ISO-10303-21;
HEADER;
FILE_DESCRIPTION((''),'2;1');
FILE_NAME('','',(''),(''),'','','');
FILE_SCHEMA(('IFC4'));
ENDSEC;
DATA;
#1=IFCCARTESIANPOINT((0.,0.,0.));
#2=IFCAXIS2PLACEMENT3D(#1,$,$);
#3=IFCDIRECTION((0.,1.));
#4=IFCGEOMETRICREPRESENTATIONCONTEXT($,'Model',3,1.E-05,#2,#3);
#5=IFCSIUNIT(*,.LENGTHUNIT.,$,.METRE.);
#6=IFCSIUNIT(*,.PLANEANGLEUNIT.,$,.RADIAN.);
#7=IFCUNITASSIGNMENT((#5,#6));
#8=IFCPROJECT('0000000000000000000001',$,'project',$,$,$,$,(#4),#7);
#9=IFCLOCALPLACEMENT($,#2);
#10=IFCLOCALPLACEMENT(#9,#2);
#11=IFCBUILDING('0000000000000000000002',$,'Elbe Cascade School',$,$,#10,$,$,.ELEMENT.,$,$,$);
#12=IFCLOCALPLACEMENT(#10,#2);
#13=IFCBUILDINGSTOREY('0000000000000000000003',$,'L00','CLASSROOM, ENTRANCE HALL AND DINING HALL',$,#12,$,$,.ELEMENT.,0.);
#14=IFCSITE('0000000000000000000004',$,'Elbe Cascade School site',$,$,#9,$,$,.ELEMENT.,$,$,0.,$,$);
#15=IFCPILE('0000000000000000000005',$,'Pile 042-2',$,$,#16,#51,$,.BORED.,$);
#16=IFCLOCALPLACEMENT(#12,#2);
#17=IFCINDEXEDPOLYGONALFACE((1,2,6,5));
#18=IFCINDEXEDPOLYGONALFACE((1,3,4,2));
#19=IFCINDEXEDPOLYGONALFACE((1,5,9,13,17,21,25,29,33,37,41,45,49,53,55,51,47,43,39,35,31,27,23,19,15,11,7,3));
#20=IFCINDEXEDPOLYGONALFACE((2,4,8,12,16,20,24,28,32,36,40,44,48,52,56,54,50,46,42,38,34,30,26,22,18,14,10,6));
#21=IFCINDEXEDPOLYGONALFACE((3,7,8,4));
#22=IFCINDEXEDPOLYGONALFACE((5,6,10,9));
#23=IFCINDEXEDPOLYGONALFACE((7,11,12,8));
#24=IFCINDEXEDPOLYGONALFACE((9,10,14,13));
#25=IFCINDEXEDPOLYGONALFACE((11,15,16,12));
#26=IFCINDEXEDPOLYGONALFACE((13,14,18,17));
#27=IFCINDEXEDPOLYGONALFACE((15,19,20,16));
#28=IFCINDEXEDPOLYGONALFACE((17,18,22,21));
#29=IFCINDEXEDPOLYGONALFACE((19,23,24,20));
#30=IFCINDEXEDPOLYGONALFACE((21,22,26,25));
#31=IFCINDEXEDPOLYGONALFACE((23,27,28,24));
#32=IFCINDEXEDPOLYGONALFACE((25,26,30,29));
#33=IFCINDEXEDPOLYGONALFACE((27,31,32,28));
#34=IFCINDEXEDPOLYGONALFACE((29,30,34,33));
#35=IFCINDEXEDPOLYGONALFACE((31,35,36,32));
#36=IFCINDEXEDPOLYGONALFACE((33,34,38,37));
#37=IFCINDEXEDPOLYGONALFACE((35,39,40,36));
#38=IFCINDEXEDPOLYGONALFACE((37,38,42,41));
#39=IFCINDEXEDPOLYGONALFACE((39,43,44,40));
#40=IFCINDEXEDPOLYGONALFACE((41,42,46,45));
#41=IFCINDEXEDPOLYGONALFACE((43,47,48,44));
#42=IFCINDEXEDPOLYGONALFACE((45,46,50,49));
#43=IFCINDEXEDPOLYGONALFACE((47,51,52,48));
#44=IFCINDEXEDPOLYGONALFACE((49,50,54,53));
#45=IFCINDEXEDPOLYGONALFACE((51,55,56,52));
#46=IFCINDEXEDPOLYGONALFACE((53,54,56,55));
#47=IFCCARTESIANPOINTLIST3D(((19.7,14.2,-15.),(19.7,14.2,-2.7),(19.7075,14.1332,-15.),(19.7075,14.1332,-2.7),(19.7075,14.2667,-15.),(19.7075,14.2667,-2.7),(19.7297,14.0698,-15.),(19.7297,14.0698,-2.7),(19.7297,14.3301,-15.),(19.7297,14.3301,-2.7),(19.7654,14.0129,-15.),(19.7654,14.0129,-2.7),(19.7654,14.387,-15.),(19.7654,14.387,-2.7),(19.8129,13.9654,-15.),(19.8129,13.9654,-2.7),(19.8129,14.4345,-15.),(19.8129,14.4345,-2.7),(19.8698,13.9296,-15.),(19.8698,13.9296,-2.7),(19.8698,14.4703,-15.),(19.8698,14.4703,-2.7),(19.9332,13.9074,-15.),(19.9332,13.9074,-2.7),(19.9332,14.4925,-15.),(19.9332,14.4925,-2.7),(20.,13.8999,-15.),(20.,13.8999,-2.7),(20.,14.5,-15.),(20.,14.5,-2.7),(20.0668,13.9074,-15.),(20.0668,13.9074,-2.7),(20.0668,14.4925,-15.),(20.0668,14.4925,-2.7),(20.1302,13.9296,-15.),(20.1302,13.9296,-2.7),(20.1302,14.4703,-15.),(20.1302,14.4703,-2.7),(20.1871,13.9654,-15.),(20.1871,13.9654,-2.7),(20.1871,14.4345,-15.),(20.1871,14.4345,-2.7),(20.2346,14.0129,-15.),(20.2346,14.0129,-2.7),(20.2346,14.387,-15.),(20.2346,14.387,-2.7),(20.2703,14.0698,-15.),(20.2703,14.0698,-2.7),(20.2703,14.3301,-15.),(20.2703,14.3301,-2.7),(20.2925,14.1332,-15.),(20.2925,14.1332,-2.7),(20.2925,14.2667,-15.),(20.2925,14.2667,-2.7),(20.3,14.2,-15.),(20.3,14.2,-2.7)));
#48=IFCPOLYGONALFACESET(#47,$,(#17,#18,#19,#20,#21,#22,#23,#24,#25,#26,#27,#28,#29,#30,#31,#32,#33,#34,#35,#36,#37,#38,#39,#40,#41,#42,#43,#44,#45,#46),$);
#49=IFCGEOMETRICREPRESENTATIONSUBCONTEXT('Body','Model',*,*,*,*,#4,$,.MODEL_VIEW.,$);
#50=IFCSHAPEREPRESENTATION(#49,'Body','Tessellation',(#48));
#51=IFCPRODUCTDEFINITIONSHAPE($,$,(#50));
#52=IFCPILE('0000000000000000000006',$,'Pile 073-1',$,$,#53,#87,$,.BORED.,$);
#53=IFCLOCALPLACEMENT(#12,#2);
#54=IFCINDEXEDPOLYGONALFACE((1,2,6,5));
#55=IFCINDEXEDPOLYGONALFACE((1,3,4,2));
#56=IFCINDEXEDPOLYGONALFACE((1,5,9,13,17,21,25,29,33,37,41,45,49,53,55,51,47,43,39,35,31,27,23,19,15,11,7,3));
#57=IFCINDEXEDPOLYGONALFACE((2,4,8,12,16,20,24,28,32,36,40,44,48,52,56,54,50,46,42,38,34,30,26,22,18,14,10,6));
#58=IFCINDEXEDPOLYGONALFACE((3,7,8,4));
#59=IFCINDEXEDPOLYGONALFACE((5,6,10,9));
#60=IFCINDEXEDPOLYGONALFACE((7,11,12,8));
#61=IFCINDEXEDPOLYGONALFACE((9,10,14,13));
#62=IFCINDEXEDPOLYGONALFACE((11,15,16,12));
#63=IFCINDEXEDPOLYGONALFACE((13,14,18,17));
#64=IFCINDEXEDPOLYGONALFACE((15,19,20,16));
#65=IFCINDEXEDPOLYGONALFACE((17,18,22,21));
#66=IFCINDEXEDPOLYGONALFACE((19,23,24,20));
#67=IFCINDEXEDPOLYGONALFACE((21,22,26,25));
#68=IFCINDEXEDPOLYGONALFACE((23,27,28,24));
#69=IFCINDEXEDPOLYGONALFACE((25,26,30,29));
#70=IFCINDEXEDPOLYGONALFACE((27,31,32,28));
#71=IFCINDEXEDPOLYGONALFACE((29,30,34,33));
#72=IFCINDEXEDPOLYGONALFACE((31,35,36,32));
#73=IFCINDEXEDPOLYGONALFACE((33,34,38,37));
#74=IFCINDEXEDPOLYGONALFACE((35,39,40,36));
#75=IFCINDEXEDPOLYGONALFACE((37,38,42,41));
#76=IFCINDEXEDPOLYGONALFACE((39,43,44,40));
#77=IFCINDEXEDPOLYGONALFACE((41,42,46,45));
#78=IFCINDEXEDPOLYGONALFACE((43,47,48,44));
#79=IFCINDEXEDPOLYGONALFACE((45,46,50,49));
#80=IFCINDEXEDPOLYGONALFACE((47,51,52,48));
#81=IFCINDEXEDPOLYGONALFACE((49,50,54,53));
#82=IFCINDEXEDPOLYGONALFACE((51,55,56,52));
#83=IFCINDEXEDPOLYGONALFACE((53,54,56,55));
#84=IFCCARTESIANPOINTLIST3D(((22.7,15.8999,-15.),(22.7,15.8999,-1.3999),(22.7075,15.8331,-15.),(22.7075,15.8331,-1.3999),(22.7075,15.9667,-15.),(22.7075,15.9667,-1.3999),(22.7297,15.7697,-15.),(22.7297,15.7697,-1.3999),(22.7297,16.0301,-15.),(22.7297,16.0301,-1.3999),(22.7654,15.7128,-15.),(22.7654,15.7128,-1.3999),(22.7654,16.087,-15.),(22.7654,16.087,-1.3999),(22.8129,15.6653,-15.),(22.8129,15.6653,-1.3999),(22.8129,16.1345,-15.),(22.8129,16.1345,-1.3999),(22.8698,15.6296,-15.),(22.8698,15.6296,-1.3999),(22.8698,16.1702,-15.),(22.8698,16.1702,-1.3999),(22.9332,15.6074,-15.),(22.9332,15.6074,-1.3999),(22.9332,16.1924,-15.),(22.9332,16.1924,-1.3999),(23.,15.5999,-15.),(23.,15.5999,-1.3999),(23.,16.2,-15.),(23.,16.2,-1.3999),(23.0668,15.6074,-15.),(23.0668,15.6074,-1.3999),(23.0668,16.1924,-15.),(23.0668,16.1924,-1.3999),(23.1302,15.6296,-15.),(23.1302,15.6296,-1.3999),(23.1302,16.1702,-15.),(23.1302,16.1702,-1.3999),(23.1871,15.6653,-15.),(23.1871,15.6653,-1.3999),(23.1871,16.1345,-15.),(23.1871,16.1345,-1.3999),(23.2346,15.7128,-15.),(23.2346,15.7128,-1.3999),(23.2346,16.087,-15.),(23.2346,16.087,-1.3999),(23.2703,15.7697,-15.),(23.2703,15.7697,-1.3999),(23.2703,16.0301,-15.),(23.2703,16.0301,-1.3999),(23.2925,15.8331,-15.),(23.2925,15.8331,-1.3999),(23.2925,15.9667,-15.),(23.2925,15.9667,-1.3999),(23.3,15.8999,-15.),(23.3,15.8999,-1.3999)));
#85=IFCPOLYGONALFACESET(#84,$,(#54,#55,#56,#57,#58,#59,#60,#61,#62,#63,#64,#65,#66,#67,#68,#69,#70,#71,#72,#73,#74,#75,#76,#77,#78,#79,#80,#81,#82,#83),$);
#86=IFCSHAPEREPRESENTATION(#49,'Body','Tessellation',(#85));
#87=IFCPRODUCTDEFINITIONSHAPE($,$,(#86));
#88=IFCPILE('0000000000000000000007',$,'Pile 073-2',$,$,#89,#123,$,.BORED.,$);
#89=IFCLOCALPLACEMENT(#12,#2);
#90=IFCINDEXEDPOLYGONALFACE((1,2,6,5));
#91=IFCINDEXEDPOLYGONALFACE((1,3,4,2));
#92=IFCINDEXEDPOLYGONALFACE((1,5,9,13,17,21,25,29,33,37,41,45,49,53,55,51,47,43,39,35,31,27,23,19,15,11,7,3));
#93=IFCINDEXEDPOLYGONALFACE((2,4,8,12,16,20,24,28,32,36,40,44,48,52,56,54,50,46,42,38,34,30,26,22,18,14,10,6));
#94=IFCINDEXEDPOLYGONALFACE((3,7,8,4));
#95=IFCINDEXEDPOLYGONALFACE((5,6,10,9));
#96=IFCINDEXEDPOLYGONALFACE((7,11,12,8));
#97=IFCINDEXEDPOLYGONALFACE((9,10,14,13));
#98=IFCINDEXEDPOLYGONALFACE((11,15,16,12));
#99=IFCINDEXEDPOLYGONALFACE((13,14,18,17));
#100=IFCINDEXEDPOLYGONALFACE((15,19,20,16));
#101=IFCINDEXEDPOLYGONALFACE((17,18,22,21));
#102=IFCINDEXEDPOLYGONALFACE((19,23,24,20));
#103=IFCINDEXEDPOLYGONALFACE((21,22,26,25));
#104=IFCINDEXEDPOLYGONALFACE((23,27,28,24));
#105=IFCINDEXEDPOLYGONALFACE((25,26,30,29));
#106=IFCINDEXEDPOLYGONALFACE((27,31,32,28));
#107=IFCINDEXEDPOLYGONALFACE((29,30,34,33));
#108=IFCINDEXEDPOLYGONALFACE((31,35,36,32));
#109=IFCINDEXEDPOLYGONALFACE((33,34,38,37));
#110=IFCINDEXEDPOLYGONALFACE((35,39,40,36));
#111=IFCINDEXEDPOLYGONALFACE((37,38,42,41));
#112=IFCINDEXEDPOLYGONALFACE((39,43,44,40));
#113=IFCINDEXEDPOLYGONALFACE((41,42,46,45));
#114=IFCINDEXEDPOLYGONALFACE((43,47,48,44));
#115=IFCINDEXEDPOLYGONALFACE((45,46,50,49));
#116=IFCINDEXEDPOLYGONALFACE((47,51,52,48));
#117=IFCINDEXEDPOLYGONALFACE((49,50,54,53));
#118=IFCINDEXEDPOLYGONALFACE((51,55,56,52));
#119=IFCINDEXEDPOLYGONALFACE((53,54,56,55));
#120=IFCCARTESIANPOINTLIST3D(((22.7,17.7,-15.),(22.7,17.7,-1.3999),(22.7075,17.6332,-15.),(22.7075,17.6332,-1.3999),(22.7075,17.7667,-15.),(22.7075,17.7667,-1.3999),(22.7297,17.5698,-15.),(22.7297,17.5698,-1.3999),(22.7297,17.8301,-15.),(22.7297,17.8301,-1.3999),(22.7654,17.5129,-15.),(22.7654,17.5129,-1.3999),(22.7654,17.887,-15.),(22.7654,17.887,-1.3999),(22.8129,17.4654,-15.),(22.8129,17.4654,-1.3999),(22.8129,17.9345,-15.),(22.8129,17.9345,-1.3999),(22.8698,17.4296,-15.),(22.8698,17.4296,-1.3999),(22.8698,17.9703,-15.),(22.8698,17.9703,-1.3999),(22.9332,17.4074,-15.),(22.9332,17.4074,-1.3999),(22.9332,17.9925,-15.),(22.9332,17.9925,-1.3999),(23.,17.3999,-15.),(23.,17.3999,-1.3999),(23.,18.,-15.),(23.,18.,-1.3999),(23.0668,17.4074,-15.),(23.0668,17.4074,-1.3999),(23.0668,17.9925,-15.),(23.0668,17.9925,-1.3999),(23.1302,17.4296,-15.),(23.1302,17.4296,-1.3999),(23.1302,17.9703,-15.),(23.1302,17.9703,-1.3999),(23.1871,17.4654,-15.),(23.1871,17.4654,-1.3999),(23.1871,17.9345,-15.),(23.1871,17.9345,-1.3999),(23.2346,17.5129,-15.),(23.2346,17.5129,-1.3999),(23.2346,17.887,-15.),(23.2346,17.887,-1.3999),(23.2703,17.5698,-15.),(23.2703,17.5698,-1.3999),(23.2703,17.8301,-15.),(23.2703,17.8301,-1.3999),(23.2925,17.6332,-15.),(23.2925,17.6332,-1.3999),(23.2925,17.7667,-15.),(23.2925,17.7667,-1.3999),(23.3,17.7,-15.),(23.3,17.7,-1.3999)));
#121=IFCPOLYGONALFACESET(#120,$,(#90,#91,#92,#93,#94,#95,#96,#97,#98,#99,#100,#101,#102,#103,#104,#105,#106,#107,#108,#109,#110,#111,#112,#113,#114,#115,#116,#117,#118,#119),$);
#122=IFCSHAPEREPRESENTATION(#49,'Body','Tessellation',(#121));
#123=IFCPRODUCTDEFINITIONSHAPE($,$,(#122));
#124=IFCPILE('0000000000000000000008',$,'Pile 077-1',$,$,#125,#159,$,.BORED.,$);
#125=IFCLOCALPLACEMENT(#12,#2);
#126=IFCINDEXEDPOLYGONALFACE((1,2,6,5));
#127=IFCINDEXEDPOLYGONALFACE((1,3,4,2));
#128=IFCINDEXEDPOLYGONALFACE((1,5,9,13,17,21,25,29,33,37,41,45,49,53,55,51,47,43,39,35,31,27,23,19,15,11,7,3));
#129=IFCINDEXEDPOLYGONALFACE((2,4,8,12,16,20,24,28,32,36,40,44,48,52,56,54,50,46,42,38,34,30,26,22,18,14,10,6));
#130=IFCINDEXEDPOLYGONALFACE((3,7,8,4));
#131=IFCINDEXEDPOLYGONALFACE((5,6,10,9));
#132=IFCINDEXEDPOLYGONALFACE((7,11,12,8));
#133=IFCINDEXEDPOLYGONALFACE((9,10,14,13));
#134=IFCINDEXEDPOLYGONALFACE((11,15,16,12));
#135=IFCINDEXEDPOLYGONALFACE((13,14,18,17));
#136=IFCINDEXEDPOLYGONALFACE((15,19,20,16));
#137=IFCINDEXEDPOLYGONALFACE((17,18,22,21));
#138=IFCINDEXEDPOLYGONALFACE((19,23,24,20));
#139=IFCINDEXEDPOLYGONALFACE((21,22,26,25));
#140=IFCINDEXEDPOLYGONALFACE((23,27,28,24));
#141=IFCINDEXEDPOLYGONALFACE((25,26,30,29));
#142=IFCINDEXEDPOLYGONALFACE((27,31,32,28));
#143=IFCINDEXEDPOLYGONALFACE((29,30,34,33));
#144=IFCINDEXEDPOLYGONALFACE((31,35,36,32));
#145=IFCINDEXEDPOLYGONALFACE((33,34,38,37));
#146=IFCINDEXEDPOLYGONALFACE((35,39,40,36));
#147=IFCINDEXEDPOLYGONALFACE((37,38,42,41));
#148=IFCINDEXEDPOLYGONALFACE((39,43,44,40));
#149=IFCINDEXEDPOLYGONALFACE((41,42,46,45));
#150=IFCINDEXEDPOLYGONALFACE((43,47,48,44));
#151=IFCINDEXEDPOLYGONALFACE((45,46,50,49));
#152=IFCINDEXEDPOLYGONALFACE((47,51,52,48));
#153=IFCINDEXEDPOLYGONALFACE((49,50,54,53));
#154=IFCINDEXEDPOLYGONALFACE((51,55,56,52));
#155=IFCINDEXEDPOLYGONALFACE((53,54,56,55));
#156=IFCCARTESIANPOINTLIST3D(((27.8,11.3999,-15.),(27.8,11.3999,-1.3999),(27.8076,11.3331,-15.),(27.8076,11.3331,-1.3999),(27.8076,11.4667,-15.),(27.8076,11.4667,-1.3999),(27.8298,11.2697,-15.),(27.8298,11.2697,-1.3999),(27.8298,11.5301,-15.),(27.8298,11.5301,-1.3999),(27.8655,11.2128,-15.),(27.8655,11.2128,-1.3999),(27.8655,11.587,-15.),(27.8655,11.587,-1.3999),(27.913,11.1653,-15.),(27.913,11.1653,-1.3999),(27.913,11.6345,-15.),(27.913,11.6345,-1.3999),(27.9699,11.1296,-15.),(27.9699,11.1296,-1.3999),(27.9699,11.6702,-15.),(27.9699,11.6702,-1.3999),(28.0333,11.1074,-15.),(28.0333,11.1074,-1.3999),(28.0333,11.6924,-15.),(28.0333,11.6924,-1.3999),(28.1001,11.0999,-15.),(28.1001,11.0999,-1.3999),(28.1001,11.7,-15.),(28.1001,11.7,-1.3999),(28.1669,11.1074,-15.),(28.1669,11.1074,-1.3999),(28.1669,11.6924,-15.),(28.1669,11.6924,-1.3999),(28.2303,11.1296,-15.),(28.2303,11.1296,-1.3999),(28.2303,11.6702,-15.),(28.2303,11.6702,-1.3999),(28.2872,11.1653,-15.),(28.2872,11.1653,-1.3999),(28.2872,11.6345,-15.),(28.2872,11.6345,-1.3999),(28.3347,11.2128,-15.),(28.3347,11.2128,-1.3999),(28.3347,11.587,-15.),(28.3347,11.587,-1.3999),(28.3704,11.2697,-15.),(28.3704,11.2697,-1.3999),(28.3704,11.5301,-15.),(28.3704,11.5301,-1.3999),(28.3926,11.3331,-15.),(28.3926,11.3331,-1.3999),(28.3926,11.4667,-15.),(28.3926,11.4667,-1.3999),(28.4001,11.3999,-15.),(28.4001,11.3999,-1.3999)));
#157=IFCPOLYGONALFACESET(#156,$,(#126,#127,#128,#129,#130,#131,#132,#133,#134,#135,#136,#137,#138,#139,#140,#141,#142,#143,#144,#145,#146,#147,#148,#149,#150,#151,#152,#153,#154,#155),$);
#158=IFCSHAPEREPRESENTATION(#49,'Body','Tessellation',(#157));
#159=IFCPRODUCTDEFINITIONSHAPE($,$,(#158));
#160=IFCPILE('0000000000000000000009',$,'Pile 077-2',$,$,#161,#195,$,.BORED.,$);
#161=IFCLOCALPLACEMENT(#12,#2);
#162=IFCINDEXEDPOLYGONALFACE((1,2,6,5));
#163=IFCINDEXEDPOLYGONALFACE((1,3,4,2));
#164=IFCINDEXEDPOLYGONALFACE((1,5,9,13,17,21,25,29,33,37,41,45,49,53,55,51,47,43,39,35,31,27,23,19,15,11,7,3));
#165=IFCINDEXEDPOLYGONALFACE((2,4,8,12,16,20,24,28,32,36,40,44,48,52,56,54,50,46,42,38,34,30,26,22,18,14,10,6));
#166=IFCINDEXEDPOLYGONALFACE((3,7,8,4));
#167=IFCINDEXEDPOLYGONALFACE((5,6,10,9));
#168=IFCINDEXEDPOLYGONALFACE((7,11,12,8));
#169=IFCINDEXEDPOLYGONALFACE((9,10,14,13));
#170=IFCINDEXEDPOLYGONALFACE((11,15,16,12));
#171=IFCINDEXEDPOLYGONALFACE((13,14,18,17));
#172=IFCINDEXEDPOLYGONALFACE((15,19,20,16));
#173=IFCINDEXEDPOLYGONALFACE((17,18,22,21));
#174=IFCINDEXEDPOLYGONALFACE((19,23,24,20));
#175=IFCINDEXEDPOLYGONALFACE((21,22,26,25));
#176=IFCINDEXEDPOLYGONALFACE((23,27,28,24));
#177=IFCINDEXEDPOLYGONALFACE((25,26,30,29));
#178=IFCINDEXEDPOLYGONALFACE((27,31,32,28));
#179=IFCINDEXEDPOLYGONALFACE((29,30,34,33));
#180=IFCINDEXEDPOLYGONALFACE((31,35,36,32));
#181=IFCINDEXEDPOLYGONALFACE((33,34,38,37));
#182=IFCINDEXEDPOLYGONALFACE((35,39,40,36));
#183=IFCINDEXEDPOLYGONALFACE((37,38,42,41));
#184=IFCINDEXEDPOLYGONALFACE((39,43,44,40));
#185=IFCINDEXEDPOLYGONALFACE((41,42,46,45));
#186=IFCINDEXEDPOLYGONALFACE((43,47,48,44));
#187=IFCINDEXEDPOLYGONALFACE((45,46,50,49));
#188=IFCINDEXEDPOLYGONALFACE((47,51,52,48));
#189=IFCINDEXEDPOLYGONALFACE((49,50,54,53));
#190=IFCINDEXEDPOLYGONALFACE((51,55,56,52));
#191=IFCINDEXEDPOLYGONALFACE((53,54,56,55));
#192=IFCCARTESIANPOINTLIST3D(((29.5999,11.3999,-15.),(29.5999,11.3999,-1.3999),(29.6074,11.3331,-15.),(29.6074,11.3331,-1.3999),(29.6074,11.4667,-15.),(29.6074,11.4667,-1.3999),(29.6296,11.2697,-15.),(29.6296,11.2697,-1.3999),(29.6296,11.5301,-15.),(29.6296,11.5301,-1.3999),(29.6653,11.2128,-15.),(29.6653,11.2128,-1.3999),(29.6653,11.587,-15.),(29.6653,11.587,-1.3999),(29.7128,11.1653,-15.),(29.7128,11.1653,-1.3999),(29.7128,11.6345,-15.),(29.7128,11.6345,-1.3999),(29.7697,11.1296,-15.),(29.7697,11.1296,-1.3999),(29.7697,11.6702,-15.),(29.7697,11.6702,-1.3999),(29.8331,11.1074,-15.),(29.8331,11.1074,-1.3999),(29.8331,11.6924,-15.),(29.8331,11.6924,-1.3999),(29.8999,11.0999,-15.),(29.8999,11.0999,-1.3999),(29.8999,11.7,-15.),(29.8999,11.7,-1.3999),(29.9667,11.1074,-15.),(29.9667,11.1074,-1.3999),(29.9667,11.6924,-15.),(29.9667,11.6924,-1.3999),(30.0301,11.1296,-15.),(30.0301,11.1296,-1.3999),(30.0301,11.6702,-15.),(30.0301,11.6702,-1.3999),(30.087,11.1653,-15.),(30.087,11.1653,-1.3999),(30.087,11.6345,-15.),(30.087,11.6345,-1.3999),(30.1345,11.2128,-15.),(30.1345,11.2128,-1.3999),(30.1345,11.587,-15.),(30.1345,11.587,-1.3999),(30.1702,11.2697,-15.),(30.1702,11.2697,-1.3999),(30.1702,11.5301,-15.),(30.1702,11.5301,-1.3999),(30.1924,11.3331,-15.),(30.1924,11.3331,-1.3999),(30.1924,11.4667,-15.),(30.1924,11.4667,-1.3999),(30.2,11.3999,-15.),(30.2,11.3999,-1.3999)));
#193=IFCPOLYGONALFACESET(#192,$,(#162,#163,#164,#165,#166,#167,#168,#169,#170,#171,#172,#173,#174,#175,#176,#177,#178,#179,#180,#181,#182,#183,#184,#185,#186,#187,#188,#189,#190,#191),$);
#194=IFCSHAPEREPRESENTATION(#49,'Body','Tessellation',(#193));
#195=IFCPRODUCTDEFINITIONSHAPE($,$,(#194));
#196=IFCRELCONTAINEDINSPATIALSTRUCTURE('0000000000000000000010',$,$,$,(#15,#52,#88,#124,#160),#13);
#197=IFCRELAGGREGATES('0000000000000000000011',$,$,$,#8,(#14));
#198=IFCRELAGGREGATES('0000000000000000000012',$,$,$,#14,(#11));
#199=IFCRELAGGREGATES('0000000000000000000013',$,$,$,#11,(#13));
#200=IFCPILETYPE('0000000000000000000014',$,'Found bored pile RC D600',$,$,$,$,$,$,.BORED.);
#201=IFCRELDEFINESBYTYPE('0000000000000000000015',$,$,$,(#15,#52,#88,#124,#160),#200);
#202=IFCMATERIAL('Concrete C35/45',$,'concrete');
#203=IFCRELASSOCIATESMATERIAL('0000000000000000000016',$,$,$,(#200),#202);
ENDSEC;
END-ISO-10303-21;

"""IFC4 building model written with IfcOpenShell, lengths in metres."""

from ifc_helpers import new_model, si_unit, direction, frame, origin, origin_2d, place, context, subcontext, project, spatial, circle, extrude, material, material_profile, profile_set, type_object, element, save


model = new_model("IFC4")

# Units and contexts
model_context = context("Model", 3, precision=1e-05, world=origin(), true_north=direction((0.0, 1.0)))
body_context = subcontext(model_context, "Body", "Model", "MODEL_VIEW")
ifc_project = project(units=[si_unit("LENGTHUNIT", "METRE"), si_unit("PLANEANGLEUNIT", "RADIAN")], contexts=[model_context])

# Site, building, storey
site_placement = place(None, origin())
site = spatial("IfcSite", under=ifc_project, at=site_placement, Name="Elbe Cascade School site", CompositionType="ELEMENT", RefElevation=0.0)
building_placement = place(site_placement, origin())
building = spatial("IfcBuilding", under=site, at=building_placement, Name="Elbe Cascade School", CompositionType="ELEMENT")
storey_placement = place(building_placement, origin())
storey = spatial("IfcBuildingStorey", under=building, at=storey_placement, Name="L00", Description="CLASSROOM, ENTRANCE HALL AND DINING HALL", CompositionType="ELEMENT", Elevation=0.0)

# Piles
ifc_material_1 = material(Name="Concrete C35/45", Category="concrete")
ifc_material_profile_1 = material_profile(ifc_material_1, circle(Radius=0.3, at=origin_2d()), Name="RC D600")
ifc_profile_set_1 = profile_set([ifc_material_profile_1], Name="Concrete C35/45")
pile_type = type_object("IfcPileType", Name="Found bored pile RC D600", PredefinedType="BORED", material=ifc_profile_set_1)
pile_placement = place(storey_placement, frame((20.0, 14.2, -2.7), z_axis=(0.0, 0.0, -1.0), x_axis=(1.0, 0.0, 0.0)))
element("IfcPile", 1, at=pile_placement, inside=storey, type_object=pile_type, Name="Pile 042-2", PredefinedType="BORED", context=body_context, shape_type="SweptSolid", body=[
    extrude(circle(Radius=0.3, at=origin_2d()), origin(), (0.0, 0.0, 1.0), 12.3),
])
for number, where, z_axis, x_axis, name in (
    (2, (23.0, 15.8999, -1.3999), (0.0, 0.0, -1.0), (1.0, 0.0, 0.0), "Pile 073-1"),
    (3, (23.0, 17.7, -1.3999), (0.0, 0.0, -1.0), (1.0, 0.0, 0.0), "Pile 073-2"),
    (4, (28.1001, 11.3999, -1.3999), (0.0, 0.0, -1.0), (1.0, 0.0, 0.0), "Pile 077-1"),
    (5, (29.8999, 11.3999, -1.3999), (0.0, 0.0, -1.0), (1.0, 0.0, 0.0), "Pile 077-2"),
):
    element("IfcPile", number, at=place(storey_placement, frame(where, z_axis=z_axis, x_axis=x_axis)), inside=storey, type_object=pile_type, Name=name, PredefinedType="BORED", context=body_context, shape_type="SweptSolid", body=[
        extrude(circle(Radius=0.3, at=origin_2d()), origin(), (0.0, 0.0, 1.0), 13.6001),
    ])

save(model, "model.ifc")
